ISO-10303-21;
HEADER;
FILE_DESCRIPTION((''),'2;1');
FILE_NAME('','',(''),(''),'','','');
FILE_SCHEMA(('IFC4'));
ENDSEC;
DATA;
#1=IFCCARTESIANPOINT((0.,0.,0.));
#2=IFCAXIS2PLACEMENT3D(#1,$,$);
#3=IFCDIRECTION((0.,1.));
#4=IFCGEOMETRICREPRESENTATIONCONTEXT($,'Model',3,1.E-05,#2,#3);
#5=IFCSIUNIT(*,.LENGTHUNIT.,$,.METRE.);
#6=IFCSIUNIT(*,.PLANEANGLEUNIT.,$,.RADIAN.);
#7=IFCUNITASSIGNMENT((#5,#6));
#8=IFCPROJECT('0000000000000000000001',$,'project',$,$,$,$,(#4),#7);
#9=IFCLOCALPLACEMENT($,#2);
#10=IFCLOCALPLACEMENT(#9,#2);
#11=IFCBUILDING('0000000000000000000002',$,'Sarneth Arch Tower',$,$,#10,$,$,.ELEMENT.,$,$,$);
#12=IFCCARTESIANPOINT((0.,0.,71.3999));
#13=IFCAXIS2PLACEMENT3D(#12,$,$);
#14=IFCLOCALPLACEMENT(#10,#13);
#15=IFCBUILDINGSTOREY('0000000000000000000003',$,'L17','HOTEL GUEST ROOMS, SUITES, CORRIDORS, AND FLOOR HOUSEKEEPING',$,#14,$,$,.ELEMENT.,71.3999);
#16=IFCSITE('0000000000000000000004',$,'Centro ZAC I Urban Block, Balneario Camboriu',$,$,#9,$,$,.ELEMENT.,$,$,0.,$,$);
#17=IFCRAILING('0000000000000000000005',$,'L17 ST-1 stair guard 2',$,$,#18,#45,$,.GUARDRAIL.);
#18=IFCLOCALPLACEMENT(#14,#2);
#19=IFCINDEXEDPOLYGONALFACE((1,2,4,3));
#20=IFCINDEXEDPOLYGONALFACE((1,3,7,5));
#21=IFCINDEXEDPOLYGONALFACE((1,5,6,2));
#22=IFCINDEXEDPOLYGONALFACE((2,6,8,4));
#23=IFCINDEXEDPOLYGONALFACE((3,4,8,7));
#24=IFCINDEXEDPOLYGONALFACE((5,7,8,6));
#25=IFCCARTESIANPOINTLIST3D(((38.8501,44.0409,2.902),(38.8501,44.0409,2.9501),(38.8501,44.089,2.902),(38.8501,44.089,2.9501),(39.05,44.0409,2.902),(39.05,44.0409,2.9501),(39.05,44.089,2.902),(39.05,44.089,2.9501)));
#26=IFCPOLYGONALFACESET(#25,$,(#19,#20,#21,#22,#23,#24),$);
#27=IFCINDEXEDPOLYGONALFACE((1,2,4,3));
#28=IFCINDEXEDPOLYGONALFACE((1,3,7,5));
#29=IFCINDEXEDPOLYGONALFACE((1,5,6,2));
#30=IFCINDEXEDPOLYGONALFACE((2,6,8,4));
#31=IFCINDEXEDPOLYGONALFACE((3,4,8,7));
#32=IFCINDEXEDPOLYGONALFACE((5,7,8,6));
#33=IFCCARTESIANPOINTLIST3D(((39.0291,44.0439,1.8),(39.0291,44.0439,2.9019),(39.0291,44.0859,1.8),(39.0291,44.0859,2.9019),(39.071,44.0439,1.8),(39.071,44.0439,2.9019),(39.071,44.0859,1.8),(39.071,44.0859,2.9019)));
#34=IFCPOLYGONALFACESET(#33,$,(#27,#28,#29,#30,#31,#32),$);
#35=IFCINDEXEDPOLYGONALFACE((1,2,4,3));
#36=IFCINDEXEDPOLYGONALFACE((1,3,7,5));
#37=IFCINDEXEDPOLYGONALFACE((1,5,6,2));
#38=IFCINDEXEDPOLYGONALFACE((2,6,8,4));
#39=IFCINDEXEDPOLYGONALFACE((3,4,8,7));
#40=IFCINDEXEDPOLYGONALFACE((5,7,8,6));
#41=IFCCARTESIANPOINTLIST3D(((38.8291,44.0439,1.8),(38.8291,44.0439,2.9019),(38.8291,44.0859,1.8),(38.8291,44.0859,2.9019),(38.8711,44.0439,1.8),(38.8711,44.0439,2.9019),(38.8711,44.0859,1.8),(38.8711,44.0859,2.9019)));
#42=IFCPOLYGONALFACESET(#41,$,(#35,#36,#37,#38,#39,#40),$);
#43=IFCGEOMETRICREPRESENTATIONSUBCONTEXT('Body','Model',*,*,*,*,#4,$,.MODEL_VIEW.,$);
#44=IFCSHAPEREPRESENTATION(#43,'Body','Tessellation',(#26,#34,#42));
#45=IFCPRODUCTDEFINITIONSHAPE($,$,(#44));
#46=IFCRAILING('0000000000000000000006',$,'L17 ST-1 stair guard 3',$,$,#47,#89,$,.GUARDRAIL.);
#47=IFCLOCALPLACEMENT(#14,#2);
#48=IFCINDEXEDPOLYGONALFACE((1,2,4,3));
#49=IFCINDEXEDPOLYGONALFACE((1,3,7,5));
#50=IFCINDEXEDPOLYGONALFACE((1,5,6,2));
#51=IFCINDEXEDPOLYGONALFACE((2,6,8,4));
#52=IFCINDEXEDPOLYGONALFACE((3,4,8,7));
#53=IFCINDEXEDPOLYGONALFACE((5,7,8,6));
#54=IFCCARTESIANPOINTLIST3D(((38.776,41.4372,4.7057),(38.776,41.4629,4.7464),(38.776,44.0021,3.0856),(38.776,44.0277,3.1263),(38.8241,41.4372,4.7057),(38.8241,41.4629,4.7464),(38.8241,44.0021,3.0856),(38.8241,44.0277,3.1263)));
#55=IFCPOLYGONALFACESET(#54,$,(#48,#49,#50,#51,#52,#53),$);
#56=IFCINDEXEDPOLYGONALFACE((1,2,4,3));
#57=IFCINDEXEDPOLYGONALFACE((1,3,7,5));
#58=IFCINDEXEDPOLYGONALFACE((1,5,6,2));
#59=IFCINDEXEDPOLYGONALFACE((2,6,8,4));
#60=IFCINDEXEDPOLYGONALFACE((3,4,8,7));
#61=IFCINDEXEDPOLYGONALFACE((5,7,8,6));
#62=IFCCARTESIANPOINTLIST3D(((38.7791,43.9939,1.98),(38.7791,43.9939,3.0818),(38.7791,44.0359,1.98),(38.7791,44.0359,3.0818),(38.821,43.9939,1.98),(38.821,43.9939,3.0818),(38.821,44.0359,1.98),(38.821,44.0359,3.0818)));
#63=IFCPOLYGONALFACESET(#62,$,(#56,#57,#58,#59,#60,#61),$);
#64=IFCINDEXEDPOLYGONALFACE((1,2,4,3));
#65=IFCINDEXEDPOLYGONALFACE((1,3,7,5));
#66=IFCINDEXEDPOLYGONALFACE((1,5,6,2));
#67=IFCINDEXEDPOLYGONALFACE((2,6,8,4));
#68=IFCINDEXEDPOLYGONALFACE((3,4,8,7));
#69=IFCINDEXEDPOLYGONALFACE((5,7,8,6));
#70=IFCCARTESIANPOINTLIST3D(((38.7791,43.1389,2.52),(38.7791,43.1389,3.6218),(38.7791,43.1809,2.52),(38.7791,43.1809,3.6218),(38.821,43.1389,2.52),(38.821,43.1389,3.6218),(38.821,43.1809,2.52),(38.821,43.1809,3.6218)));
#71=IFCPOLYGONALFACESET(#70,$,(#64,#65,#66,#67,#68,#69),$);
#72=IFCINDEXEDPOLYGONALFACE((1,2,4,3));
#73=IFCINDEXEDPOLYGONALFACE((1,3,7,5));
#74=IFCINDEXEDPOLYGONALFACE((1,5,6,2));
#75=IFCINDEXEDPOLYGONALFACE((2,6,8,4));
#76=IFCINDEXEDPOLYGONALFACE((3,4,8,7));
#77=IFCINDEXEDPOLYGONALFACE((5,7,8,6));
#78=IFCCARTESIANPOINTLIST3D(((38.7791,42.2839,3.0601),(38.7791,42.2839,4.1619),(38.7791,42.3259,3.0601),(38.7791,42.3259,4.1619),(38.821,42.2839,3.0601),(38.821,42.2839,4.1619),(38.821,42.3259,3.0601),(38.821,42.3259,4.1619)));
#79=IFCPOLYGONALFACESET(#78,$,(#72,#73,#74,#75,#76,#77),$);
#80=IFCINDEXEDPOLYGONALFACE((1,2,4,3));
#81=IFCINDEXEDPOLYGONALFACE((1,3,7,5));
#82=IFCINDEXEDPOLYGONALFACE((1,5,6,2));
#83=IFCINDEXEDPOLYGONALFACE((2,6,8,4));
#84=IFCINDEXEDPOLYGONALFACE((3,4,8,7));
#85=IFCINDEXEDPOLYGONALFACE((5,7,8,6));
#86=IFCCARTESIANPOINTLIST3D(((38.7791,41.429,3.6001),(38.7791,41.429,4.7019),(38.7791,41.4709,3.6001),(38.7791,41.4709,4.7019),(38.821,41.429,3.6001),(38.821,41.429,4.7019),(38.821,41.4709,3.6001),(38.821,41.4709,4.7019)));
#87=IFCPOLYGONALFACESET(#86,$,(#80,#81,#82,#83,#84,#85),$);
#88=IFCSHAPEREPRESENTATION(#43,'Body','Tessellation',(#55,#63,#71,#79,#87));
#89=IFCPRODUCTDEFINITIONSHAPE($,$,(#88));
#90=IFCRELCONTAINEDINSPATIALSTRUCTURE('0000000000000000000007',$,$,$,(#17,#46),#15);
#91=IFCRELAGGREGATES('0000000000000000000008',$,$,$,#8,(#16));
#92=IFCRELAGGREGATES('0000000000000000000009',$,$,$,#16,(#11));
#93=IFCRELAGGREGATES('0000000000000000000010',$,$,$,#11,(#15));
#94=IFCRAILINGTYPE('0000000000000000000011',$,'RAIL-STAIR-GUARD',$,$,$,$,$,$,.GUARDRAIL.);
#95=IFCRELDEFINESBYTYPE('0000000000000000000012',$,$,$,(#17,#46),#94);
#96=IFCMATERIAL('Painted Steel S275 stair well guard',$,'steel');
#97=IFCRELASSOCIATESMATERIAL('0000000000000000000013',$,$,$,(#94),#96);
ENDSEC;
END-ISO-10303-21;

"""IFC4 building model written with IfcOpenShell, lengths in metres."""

from ifc_helpers import new_model, si_unit, direction, frame, origin, origin_2d, place, context, subcontext, project, spatial, rectangle, extrude, material, type_object, element, save


model = new_model("IFC4")

# Units and contexts
model_context = context("Model", 3, precision=1e-05, world=origin(), true_north=direction((0.0, 1.0)))
body_context = subcontext(model_context, "Body", "Model", "MODEL_VIEW")
ifc_project = project(units=[si_unit("LENGTHUNIT", "METRE"), si_unit("PLANEANGLEUNIT", "RADIAN")], contexts=[model_context])

# Site, building, storey
site_placement = place(None, origin())
site = spatial("IfcSite", under=ifc_project, at=site_placement, Name="Centro ZAC I Urban Block, Balneario Camboriu", CompositionType="ELEMENT", RefElevation=0.0)
building_placement = place(site_placement, origin())
building = spatial("IfcBuilding", under=site, at=building_placement, Name="Sarneth Arch Tower", CompositionType="ELEMENT")
storey_placement = place(building_placement, frame((0.0, 0.0, 71.3999)))
storey = spatial("IfcBuildingStorey", under=building, at=storey_placement, Name="L17", Description="HOTEL GUEST ROOMS, SUITES, CORRIDORS, AND FLOOR HOUSEKEEPING", CompositionType="ELEMENT", Elevation=71.3999)

# Railings
ifc_material_1 = material(Name="Painted Steel S275 stair well guard", Category="steel")
railing_type_1 = type_object("IfcRailingType", Name="RAIL-STAIR-GUARD", PredefinedType="GUARDRAIL", material=ifc_material_1)
railing_1_placement = place(storey_placement, frame((39.05, 44.0649, 1.8)))
element("IfcRailing", 1, at=railing_1_placement, inside=storey, type_object=railing_type_1, Name="L17 ST-1 stair guard 2", PredefinedType="GUARDRAIL", context=body_context, shape_type="SweptSolid", body=[
    extrude(rectangle(XDim=0.0481, YDim=0.0481, at=origin_2d()), frame((0.0, 0.0, 1.126), z_axis=(-1.0, 0.0, 0.0), x_axis=(0.0, -1.0, 0.0)), (0.0, 0.0, 1.0), 0.2),
    extrude(rectangle(XDim=0.042, YDim=0.042, at=origin_2d()), origin(), (0.0, 0.0, 1.0), 1.1018),
    extrude(rectangle(XDim=0.042, YDim=0.042, at=origin_2d()), frame((-0.2, 0.0, 0.0)), (0.0, 0.0, 1.0), 1.1018),
])
railing_2_placement = place(storey_placement, frame((38.8, 44.0149, 1.98)))
element("IfcRailing", 2, at=railing_2_placement, inside=storey, type_object=railing_type_1, Name="L17 ST-1 stair guard 3", PredefinedType="GUARDRAIL", context=body_context, shape_type="SweptSolid", body=[
    extrude(rectangle(XDim=0.0481, YDim=0.0481, at=origin_2d()), frame((0.0, 0.0, 1.126), z_axis=(0.0, -0.845466, 0.534029), x_axis=(1.0, 0.0, 0.0)), (0.0, 0.0, 1.0), 3.0337),
    extrude(rectangle(XDim=0.042, YDim=0.042, at=origin_2d()), origin(), (0.0, 0.0, 1.0), 1.1018),
    extrude(rectangle(XDim=0.042, YDim=0.042, at=origin_2d()), frame((0.0, -0.855, 0.54)), (0.0, 0.0, 1.0), 1.1018),
    extrude(rectangle(XDim=0.042, YDim=0.042, at=origin_2d()), frame((0.0, -1.71, 1.0801)), (0.0, 0.0, 1.0), 1.1018),
    extrude(rectangle(XDim=0.042, YDim=0.042, at=origin_2d()), frame((0.0, -2.5649, 1.6201)), (0.0, 0.0, 1.0), 1.1018),
])

save(model, "model.ifc")
